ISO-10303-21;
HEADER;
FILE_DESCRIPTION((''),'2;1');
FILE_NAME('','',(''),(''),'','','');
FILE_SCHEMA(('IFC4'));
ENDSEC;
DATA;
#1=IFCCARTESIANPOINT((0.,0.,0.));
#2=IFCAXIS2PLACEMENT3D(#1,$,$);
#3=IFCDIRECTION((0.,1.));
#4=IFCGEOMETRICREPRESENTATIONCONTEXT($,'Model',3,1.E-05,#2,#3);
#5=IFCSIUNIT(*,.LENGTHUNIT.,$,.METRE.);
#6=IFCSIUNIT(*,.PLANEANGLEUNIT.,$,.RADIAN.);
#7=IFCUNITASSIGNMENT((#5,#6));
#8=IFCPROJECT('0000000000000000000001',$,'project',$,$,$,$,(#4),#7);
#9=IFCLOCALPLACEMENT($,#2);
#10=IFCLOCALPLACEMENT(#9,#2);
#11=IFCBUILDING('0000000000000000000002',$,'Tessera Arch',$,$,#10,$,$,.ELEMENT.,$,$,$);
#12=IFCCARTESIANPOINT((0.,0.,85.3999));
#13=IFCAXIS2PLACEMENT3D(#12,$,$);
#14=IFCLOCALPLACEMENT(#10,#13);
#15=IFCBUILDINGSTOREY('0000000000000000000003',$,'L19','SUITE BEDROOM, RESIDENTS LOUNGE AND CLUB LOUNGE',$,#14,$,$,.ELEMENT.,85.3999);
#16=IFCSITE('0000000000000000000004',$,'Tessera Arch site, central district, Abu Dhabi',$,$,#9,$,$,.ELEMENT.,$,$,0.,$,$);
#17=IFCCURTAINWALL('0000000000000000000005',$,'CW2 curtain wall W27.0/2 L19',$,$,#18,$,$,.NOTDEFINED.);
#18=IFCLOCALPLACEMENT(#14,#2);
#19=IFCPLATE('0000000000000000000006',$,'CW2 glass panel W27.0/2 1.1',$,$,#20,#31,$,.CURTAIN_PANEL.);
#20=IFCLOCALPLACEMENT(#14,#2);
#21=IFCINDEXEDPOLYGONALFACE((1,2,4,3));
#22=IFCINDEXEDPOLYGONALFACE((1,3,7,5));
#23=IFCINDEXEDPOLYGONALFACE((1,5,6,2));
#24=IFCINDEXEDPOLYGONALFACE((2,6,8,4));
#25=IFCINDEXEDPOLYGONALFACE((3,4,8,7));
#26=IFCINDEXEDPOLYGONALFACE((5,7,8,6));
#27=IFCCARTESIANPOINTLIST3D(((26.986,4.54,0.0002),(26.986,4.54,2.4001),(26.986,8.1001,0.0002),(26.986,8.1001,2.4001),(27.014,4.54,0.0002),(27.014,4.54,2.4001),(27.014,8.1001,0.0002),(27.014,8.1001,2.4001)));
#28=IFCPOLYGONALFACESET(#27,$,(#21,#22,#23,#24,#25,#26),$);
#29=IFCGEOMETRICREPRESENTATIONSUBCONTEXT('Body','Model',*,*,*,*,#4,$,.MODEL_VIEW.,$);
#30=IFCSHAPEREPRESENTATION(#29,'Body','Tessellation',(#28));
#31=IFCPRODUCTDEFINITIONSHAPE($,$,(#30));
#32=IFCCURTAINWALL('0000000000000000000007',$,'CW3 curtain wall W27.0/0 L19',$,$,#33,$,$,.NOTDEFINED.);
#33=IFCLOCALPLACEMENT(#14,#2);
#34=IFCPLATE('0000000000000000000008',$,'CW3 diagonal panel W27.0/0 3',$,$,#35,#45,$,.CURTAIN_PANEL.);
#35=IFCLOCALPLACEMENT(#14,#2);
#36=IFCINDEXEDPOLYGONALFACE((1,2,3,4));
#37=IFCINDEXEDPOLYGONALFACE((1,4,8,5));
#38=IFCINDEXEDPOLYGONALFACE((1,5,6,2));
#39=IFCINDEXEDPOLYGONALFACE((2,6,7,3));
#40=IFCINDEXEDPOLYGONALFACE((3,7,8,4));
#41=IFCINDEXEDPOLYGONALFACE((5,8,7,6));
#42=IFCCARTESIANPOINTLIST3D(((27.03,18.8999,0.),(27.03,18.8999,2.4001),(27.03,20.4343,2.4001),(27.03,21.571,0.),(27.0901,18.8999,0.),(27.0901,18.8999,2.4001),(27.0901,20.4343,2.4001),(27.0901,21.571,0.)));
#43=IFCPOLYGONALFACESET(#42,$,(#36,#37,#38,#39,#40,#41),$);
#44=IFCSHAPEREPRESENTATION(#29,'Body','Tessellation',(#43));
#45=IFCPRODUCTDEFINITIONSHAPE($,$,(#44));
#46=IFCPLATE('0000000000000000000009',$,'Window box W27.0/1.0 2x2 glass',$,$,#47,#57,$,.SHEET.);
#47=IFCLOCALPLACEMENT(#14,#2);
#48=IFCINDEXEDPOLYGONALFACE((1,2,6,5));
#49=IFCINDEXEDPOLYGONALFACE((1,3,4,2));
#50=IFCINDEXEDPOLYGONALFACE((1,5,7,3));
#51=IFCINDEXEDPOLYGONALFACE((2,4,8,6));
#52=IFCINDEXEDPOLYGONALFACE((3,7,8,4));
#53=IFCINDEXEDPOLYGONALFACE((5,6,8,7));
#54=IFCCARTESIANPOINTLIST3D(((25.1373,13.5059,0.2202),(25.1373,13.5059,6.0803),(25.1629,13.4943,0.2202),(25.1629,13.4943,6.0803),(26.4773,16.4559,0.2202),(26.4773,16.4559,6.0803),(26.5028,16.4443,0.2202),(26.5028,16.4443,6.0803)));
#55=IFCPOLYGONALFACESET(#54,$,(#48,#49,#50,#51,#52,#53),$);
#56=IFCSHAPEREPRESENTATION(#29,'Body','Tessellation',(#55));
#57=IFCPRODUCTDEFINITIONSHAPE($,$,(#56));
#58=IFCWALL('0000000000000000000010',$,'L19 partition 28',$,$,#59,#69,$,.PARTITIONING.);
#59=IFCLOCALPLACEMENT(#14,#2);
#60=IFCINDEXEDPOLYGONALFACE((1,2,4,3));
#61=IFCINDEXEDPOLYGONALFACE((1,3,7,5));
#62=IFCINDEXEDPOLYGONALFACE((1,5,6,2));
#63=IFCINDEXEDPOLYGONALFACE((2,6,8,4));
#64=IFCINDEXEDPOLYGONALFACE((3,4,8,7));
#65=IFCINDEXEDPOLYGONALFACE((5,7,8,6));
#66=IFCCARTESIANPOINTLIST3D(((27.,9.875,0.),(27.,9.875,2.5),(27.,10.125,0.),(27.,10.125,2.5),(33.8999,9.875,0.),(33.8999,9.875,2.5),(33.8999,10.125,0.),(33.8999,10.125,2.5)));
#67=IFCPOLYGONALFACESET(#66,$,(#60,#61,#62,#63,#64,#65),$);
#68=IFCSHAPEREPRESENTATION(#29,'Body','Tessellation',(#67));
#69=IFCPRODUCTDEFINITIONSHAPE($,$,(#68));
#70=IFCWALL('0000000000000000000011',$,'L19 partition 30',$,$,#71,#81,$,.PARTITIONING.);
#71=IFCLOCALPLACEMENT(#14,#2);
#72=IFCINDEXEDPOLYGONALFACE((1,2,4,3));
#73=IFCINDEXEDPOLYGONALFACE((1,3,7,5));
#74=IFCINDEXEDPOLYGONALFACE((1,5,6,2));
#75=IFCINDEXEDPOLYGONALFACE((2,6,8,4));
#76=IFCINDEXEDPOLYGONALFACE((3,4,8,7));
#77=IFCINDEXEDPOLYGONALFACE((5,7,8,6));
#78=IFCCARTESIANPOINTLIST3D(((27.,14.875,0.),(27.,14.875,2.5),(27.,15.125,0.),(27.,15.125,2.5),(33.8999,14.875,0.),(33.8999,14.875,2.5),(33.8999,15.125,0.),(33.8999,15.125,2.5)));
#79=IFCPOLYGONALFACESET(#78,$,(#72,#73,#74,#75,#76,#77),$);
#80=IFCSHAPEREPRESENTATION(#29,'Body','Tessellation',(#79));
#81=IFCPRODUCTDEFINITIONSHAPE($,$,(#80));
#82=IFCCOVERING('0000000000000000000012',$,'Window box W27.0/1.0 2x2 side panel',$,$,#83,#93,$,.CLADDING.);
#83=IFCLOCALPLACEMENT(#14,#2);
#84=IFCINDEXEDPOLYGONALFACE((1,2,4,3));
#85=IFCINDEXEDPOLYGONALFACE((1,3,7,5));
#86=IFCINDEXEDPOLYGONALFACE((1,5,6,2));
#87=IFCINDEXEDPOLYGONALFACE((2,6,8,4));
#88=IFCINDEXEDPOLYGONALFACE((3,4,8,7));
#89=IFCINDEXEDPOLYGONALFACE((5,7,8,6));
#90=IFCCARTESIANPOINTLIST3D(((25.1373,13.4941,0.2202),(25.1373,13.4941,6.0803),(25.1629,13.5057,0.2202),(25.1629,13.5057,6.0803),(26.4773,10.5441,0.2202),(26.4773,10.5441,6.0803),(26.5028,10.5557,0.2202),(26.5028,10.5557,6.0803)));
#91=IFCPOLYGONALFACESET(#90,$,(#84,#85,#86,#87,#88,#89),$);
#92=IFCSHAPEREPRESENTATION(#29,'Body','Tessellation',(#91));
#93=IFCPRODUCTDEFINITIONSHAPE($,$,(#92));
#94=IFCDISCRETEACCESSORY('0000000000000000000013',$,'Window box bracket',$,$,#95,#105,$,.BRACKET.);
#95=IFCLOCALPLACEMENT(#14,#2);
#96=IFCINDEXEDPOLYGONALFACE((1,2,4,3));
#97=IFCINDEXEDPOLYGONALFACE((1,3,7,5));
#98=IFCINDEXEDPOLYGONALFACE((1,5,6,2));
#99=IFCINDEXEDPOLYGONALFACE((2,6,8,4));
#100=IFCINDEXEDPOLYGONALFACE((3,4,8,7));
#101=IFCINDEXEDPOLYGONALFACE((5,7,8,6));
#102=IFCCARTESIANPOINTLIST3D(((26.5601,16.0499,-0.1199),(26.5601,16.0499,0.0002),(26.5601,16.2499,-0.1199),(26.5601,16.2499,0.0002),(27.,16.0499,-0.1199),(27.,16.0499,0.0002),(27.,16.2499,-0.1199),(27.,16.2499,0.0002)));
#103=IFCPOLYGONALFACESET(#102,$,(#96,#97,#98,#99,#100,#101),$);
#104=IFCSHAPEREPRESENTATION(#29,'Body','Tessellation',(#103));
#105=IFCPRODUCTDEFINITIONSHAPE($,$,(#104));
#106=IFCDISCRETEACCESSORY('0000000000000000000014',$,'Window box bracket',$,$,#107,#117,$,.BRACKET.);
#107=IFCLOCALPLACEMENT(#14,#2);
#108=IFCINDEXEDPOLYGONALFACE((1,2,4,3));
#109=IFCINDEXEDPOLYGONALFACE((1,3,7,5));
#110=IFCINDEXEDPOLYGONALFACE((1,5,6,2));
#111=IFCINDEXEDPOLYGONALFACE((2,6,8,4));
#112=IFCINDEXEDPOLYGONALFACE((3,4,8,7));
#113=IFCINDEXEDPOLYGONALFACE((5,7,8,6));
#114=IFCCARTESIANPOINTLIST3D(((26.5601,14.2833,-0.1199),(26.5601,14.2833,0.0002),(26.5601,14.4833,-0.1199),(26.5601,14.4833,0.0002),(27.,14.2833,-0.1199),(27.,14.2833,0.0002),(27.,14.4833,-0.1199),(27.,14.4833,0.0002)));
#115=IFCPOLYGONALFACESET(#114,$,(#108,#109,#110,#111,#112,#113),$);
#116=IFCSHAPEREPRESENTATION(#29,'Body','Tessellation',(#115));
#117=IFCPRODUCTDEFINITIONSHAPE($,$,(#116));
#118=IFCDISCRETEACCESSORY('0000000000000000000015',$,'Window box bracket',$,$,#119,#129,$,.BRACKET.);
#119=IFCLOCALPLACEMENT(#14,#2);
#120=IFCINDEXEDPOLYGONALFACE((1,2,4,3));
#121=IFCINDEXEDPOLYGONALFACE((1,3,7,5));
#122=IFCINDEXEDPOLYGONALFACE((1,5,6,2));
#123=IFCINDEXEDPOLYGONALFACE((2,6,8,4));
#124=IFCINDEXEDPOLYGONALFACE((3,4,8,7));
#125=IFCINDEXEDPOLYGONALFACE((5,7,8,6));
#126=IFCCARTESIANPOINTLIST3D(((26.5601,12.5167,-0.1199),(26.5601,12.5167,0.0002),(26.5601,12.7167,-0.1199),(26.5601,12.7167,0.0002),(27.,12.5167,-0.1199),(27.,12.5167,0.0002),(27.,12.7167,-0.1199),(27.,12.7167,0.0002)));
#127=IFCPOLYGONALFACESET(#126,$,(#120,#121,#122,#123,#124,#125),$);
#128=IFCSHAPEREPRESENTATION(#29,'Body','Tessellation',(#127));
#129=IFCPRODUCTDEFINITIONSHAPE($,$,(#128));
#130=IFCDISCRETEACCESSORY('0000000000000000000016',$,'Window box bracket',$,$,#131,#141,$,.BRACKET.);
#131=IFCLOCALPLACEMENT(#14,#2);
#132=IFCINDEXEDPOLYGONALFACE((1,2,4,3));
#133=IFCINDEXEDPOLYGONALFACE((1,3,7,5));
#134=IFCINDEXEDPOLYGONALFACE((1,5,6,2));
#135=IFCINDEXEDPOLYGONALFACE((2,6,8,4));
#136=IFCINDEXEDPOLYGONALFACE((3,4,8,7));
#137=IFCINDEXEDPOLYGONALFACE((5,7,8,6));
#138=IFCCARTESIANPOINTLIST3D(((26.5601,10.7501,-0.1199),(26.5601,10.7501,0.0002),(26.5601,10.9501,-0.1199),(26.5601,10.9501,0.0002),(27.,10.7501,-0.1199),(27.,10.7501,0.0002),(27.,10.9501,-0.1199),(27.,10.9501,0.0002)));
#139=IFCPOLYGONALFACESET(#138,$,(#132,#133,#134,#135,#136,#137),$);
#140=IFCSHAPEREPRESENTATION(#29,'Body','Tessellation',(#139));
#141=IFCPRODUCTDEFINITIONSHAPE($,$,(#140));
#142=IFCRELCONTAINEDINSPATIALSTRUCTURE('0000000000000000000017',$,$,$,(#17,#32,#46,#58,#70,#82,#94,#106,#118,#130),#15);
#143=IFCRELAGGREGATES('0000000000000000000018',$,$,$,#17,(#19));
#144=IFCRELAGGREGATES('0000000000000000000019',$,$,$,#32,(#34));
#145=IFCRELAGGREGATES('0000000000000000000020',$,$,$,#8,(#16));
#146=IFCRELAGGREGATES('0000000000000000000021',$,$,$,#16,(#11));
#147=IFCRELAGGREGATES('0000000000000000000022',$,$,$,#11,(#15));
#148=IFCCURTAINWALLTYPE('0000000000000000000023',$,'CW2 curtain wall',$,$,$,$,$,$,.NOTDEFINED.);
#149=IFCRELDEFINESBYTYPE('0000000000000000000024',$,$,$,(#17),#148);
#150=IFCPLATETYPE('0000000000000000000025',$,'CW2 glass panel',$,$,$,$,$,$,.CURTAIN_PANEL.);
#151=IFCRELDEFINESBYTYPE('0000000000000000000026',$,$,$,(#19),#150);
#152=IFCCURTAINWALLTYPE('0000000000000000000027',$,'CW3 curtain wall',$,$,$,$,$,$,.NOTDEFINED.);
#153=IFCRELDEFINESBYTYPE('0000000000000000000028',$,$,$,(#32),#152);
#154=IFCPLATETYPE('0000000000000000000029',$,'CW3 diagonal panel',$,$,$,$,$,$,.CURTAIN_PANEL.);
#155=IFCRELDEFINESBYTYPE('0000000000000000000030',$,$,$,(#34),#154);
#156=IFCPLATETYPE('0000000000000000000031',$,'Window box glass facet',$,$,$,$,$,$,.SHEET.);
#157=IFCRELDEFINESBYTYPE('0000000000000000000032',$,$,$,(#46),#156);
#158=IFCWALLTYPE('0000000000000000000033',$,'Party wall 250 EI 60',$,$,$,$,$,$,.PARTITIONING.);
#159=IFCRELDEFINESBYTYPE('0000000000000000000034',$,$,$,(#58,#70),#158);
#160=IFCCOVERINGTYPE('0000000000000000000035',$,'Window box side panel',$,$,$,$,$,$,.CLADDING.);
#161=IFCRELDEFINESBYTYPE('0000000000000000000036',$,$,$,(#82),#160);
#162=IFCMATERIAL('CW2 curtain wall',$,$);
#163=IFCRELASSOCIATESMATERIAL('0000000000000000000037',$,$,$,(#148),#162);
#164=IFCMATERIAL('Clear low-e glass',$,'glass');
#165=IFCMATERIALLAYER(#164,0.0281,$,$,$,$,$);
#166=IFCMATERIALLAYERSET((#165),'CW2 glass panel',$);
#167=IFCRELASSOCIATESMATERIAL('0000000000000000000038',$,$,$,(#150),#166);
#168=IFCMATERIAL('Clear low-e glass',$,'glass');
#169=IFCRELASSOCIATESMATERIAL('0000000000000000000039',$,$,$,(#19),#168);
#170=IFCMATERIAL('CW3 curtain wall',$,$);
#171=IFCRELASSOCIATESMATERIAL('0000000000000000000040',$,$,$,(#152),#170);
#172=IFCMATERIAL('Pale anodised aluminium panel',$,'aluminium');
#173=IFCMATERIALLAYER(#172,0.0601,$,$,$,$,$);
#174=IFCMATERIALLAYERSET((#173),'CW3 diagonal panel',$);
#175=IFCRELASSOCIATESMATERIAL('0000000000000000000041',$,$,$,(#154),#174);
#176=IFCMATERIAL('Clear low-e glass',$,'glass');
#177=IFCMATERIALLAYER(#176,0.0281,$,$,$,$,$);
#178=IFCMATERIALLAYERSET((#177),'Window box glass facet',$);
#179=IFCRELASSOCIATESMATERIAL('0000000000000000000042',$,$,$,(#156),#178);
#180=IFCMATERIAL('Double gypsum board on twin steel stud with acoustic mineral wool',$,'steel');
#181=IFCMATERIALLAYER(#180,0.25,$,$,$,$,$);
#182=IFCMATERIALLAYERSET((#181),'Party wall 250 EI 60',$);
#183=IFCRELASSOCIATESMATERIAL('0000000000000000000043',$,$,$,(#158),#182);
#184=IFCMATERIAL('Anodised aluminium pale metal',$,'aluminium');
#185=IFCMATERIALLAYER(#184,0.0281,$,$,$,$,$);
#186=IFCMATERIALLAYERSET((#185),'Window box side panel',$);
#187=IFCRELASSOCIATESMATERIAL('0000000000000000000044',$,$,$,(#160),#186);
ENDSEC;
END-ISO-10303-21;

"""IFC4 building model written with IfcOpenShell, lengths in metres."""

from ifc_helpers import new_model, si_unit, direction, frame, frame_2d, origin, origin_2d, place, context, subcontext, project, spatial, polyline, rectangle, outline, extrude, material, layer, layer_set, type_object, element, aggregate, save


model = new_model("IFC4")

# Units and contexts
model_context = context("Model", 3, precision=1e-05, world=origin(), true_north=direction((0.0, 1.0)))
body_context = subcontext(model_context, "Body", "Model", "MODEL_VIEW")
ifc_project = project(units=[si_unit("LENGTHUNIT", "METRE"), si_unit("PLANEANGLEUNIT", "RADIAN")], contexts=[model_context])

# Site, building, storey
site_placement = place(None, origin())
site = spatial("IfcSite", under=ifc_project, at=site_placement, Name="Tessera Arch site, central district, Abu Dhabi", CompositionType="ELEMENT", RefElevation=0.0)
building_placement = place(site_placement, origin())
building = spatial("IfcBuilding", under=site, at=building_placement, Name="Tessera Arch", CompositionType="ELEMENT")
storey_placement = place(building_placement, frame((0.0, 0.0, 85.3999)))
storey = spatial("IfcBuildingStorey", under=building, at=storey_placement, Name="L19", Description="SUITE BEDROOM, RESIDENTS LOUNGE AND CLUB LOUNGE", CompositionType="ELEMENT", Elevation=85.3999)

# Curtain wall
ifc_material_1 = material(Name="CW2 curtain wall")
curtain_wall_type_1 = type_object("IfcCurtainWallType", Name="CW2 curtain wall", PredefinedType="NOTDEFINED", material=ifc_material_1)
curtain_wall_1_placement = place(storey_placement, origin())
curtain_wall_1 = element("IfcCurtainWall", 1, at=curtain_wall_1_placement, inside=storey, type_object=curtain_wall_type_1, Name="CW2 curtain wall W27.0/2 L19", PredefinedType="NOTDEFINED")

# Plate
ifc_material_2 = material(Name="Clear low-e glass", Category="glass")
ifc_material_3 = material(Name="Clear low-e glass", Category="glass")
ifc_layer_1 = layer(ifc_material_3, 0.0281)
ifc_layer_set_1 = layer_set([ifc_layer_1], Name="CW2 glass panel")
plate_type_1 = type_object("IfcPlateType", Name="CW2 glass panel", PredefinedType="CURTAIN_PANEL", material=ifc_layer_set_1)
plate_1_placement = place(storey_placement, frame((27.0, 6.3201, 0.0002), z_axis=(0.0, 0.0, 1.0), x_axis=(0.0, -1.0, 0.0)))
plate_1 = element("IfcPlate", 2, at=plate_1_placement, type_object=plate_type_1, material=ifc_material_2, Name="CW2 glass panel W27.0/2 1.1", PredefinedType="CURTAIN_PANEL", context=body_context, shape_type="SweptSolid", body=[
    extrude(rectangle(XDim=3.5601, YDim=0.0281, at=origin_2d()), origin(), (0.0, 0.0, 1.0), 2.3999),
])
aggregate(curtain_wall_1, [plate_1])

# Curtain wall, plate
ifc_material_4 = material(Name="CW3 curtain wall")
curtain_wall_type_2 = type_object("IfcCurtainWallType", Name="CW3 curtain wall", PredefinedType="NOTDEFINED", material=ifc_material_4)
curtain_wall_2_placement = place(storey_placement, origin())
curtain_wall_2 = element("IfcCurtainWall", 3, at=curtain_wall_2_placement, inside=storey, type_object=curtain_wall_type_2, Name="CW3 curtain wall W27.0/0 L19", PredefinedType="NOTDEFINED")
ifc_material_5 = material(Name="Pale anodised aluminium panel", Category="aluminium")
ifc_layer_2 = layer(ifc_material_5, 0.0601)
ifc_layer_set_2 = layer_set([ifc_layer_2], Name="CW3 diagonal panel")
plate_type_2 = type_object("IfcPlateType", Name="CW3 diagonal panel", PredefinedType="CURTAIN_PANEL", material=ifc_layer_set_2)
plate_2_placement = place(storey_placement, frame((27.03, 18.8999, 2.4001), z_axis=(-1.0, 0.0, 0.0), x_axis=(0.0, 1.0, 0.0)))
plate_2 = element("IfcPlate", 4, at=plate_2_placement, type_object=plate_type_2, Name="CW3 diagonal panel W27.0/0 3", PredefinedType="CURTAIN_PANEL", context=body_context, shape_type="SweptSolid", body=[
    extrude(outline(polyline([(0.0, 0.0), (1.5344, 0.0), (2.6711, 2.4001), (0.0, 2.4001), (0.0, 0.0)])), origin(), (0.0, 0.0, -1.0), 0.0601),
])
aggregate(curtain_wall_2, [plate_2])

# Plate
ifc_material_6 = material(Name="Clear low-e glass", Category="glass")
ifc_layer_3 = layer(ifc_material_6, 0.0281)
ifc_layer_set_3 = layer_set([ifc_layer_3], Name="Window box glass facet")
plate_type_3 = type_object("IfcPlateType", Name="Window box glass facet", PredefinedType="SHEET", material=ifc_layer_set_3)
plate_3_placement = place(storey_placement, frame((25.8201, 14.9751, 0.2202), z_axis=(0.0, 0.0, 1.0), x_axis=(-0.41357, -0.910472, 0.0)))
element("IfcPlate", 5, at=plate_3_placement, inside=storey, type_object=plate_type_3, Name="Window box W27.0/1.0 2x2 glass", PredefinedType="SHEET", context=body_context, shape_type="SweptSolid", body=[
    extrude(rectangle(XDim=3.24, YDim=0.0281, at=origin_2d()), origin(), (0.0, 0.0, 1.0), 5.8601),
])

# Walls
ifc_material_7 = material(Name="Double gypsum board on twin steel stud with acoustic mineral wool", Category="steel")
ifc_layer_4 = layer(ifc_material_7, 0.25)
ifc_layer_set_4 = layer_set([ifc_layer_4], Name="Party wall 250 EI 60")
wall_type = type_object("IfcWallType", Name="Party wall 250 EI 60", PredefinedType="PARTITIONING", material=ifc_layer_set_4)
for number, where, z_axis, x_axis, name in (
    (6, (27.0, 10.0, 0.0), (0.0, 0.0, 1.0), (1.0, 0.0, 0.0), "L19 partition 28"),
    (7, (27.0, 15.0, 0.0), (0.0, 0.0, 1.0), (1.0, 0.0, 0.0), "L19 partition 30"),
):
    element("IfcWall", number, at=place(storey_placement, frame(where, z_axis=z_axis, x_axis=x_axis)), inside=storey, type_object=wall_type, Name=name, PredefinedType="PARTITIONING", context=body_context, shape_type="SweptSolid", body=[
        extrude(rectangle(XDim=6.8999, YDim=0.25, at=frame_2d((3.45, 0.0))), origin(), (0.0, 0.0, 1.0), 2.5),
    ])

# Covering
ifc_material_8 = material(Name="Anodised aluminium pale metal", Category="aluminium")
ifc_layer_5 = layer(ifc_material_8, 0.0281)
ifc_layer_set_5 = layer_set([ifc_layer_5], Name="Window box side panel")
covering_type = type_object("IfcCoveringType", Name="Window box side panel", PredefinedType="CLADDING", material=ifc_layer_set_5)
covering_placement = place(storey_placement, frame((25.8201, 12.0249, 0.2202), z_axis=(0.0, 0.0, 1.0), x_axis=(-0.41357, 0.910472, 0.0)))
element("IfcCovering", 8, at=covering_placement, inside=storey, type_object=covering_type, Name="Window box W27.0/1.0 2x2 side panel", PredefinedType="CLADDING", context=body_context, shape_type="SweptSolid", body=[
    extrude(rectangle(XDim=3.24, YDim=0.0281, at=origin_2d()), origin(), (0.0, 0.0, 1.0), 5.8601),
])

# Discrete accessories
for number, where, z_axis, x_axis, name in (
    (9, (26.78, 16.1499, -0.1199), (0.0, 0.0, 1.0), (-1.0, 0.0, 0.0), "Window box bracket"),
    (10, (26.78, 14.3833, -0.1199), (0.0, 0.0, 1.0), (-1.0, 0.0, 0.0), "Window box bracket"),
    (11, (26.78, 12.6167, -0.1199), (0.0, 0.0, 1.0), (-1.0, 0.0, 0.0), "Window box bracket"),
    (12, (26.78, 10.8501, -0.1199), (0.0, 0.0, 1.0), (-1.0, 0.0, 0.0), "Window box bracket"),
):
    element("IfcDiscreteAccessory", number, at=place(storey_placement, frame(where, z_axis=z_axis, x_axis=x_axis)), inside=storey, Name=name, PredefinedType="BRACKET", context=body_context, shape_type="SweptSolid", body=[
        extrude(rectangle(XDim=0.4399, YDim=0.2, at=origin_2d()), origin(), (0.0, 0.0, 1.0), 0.1201),
    ])

save(model, "model.ifc")
